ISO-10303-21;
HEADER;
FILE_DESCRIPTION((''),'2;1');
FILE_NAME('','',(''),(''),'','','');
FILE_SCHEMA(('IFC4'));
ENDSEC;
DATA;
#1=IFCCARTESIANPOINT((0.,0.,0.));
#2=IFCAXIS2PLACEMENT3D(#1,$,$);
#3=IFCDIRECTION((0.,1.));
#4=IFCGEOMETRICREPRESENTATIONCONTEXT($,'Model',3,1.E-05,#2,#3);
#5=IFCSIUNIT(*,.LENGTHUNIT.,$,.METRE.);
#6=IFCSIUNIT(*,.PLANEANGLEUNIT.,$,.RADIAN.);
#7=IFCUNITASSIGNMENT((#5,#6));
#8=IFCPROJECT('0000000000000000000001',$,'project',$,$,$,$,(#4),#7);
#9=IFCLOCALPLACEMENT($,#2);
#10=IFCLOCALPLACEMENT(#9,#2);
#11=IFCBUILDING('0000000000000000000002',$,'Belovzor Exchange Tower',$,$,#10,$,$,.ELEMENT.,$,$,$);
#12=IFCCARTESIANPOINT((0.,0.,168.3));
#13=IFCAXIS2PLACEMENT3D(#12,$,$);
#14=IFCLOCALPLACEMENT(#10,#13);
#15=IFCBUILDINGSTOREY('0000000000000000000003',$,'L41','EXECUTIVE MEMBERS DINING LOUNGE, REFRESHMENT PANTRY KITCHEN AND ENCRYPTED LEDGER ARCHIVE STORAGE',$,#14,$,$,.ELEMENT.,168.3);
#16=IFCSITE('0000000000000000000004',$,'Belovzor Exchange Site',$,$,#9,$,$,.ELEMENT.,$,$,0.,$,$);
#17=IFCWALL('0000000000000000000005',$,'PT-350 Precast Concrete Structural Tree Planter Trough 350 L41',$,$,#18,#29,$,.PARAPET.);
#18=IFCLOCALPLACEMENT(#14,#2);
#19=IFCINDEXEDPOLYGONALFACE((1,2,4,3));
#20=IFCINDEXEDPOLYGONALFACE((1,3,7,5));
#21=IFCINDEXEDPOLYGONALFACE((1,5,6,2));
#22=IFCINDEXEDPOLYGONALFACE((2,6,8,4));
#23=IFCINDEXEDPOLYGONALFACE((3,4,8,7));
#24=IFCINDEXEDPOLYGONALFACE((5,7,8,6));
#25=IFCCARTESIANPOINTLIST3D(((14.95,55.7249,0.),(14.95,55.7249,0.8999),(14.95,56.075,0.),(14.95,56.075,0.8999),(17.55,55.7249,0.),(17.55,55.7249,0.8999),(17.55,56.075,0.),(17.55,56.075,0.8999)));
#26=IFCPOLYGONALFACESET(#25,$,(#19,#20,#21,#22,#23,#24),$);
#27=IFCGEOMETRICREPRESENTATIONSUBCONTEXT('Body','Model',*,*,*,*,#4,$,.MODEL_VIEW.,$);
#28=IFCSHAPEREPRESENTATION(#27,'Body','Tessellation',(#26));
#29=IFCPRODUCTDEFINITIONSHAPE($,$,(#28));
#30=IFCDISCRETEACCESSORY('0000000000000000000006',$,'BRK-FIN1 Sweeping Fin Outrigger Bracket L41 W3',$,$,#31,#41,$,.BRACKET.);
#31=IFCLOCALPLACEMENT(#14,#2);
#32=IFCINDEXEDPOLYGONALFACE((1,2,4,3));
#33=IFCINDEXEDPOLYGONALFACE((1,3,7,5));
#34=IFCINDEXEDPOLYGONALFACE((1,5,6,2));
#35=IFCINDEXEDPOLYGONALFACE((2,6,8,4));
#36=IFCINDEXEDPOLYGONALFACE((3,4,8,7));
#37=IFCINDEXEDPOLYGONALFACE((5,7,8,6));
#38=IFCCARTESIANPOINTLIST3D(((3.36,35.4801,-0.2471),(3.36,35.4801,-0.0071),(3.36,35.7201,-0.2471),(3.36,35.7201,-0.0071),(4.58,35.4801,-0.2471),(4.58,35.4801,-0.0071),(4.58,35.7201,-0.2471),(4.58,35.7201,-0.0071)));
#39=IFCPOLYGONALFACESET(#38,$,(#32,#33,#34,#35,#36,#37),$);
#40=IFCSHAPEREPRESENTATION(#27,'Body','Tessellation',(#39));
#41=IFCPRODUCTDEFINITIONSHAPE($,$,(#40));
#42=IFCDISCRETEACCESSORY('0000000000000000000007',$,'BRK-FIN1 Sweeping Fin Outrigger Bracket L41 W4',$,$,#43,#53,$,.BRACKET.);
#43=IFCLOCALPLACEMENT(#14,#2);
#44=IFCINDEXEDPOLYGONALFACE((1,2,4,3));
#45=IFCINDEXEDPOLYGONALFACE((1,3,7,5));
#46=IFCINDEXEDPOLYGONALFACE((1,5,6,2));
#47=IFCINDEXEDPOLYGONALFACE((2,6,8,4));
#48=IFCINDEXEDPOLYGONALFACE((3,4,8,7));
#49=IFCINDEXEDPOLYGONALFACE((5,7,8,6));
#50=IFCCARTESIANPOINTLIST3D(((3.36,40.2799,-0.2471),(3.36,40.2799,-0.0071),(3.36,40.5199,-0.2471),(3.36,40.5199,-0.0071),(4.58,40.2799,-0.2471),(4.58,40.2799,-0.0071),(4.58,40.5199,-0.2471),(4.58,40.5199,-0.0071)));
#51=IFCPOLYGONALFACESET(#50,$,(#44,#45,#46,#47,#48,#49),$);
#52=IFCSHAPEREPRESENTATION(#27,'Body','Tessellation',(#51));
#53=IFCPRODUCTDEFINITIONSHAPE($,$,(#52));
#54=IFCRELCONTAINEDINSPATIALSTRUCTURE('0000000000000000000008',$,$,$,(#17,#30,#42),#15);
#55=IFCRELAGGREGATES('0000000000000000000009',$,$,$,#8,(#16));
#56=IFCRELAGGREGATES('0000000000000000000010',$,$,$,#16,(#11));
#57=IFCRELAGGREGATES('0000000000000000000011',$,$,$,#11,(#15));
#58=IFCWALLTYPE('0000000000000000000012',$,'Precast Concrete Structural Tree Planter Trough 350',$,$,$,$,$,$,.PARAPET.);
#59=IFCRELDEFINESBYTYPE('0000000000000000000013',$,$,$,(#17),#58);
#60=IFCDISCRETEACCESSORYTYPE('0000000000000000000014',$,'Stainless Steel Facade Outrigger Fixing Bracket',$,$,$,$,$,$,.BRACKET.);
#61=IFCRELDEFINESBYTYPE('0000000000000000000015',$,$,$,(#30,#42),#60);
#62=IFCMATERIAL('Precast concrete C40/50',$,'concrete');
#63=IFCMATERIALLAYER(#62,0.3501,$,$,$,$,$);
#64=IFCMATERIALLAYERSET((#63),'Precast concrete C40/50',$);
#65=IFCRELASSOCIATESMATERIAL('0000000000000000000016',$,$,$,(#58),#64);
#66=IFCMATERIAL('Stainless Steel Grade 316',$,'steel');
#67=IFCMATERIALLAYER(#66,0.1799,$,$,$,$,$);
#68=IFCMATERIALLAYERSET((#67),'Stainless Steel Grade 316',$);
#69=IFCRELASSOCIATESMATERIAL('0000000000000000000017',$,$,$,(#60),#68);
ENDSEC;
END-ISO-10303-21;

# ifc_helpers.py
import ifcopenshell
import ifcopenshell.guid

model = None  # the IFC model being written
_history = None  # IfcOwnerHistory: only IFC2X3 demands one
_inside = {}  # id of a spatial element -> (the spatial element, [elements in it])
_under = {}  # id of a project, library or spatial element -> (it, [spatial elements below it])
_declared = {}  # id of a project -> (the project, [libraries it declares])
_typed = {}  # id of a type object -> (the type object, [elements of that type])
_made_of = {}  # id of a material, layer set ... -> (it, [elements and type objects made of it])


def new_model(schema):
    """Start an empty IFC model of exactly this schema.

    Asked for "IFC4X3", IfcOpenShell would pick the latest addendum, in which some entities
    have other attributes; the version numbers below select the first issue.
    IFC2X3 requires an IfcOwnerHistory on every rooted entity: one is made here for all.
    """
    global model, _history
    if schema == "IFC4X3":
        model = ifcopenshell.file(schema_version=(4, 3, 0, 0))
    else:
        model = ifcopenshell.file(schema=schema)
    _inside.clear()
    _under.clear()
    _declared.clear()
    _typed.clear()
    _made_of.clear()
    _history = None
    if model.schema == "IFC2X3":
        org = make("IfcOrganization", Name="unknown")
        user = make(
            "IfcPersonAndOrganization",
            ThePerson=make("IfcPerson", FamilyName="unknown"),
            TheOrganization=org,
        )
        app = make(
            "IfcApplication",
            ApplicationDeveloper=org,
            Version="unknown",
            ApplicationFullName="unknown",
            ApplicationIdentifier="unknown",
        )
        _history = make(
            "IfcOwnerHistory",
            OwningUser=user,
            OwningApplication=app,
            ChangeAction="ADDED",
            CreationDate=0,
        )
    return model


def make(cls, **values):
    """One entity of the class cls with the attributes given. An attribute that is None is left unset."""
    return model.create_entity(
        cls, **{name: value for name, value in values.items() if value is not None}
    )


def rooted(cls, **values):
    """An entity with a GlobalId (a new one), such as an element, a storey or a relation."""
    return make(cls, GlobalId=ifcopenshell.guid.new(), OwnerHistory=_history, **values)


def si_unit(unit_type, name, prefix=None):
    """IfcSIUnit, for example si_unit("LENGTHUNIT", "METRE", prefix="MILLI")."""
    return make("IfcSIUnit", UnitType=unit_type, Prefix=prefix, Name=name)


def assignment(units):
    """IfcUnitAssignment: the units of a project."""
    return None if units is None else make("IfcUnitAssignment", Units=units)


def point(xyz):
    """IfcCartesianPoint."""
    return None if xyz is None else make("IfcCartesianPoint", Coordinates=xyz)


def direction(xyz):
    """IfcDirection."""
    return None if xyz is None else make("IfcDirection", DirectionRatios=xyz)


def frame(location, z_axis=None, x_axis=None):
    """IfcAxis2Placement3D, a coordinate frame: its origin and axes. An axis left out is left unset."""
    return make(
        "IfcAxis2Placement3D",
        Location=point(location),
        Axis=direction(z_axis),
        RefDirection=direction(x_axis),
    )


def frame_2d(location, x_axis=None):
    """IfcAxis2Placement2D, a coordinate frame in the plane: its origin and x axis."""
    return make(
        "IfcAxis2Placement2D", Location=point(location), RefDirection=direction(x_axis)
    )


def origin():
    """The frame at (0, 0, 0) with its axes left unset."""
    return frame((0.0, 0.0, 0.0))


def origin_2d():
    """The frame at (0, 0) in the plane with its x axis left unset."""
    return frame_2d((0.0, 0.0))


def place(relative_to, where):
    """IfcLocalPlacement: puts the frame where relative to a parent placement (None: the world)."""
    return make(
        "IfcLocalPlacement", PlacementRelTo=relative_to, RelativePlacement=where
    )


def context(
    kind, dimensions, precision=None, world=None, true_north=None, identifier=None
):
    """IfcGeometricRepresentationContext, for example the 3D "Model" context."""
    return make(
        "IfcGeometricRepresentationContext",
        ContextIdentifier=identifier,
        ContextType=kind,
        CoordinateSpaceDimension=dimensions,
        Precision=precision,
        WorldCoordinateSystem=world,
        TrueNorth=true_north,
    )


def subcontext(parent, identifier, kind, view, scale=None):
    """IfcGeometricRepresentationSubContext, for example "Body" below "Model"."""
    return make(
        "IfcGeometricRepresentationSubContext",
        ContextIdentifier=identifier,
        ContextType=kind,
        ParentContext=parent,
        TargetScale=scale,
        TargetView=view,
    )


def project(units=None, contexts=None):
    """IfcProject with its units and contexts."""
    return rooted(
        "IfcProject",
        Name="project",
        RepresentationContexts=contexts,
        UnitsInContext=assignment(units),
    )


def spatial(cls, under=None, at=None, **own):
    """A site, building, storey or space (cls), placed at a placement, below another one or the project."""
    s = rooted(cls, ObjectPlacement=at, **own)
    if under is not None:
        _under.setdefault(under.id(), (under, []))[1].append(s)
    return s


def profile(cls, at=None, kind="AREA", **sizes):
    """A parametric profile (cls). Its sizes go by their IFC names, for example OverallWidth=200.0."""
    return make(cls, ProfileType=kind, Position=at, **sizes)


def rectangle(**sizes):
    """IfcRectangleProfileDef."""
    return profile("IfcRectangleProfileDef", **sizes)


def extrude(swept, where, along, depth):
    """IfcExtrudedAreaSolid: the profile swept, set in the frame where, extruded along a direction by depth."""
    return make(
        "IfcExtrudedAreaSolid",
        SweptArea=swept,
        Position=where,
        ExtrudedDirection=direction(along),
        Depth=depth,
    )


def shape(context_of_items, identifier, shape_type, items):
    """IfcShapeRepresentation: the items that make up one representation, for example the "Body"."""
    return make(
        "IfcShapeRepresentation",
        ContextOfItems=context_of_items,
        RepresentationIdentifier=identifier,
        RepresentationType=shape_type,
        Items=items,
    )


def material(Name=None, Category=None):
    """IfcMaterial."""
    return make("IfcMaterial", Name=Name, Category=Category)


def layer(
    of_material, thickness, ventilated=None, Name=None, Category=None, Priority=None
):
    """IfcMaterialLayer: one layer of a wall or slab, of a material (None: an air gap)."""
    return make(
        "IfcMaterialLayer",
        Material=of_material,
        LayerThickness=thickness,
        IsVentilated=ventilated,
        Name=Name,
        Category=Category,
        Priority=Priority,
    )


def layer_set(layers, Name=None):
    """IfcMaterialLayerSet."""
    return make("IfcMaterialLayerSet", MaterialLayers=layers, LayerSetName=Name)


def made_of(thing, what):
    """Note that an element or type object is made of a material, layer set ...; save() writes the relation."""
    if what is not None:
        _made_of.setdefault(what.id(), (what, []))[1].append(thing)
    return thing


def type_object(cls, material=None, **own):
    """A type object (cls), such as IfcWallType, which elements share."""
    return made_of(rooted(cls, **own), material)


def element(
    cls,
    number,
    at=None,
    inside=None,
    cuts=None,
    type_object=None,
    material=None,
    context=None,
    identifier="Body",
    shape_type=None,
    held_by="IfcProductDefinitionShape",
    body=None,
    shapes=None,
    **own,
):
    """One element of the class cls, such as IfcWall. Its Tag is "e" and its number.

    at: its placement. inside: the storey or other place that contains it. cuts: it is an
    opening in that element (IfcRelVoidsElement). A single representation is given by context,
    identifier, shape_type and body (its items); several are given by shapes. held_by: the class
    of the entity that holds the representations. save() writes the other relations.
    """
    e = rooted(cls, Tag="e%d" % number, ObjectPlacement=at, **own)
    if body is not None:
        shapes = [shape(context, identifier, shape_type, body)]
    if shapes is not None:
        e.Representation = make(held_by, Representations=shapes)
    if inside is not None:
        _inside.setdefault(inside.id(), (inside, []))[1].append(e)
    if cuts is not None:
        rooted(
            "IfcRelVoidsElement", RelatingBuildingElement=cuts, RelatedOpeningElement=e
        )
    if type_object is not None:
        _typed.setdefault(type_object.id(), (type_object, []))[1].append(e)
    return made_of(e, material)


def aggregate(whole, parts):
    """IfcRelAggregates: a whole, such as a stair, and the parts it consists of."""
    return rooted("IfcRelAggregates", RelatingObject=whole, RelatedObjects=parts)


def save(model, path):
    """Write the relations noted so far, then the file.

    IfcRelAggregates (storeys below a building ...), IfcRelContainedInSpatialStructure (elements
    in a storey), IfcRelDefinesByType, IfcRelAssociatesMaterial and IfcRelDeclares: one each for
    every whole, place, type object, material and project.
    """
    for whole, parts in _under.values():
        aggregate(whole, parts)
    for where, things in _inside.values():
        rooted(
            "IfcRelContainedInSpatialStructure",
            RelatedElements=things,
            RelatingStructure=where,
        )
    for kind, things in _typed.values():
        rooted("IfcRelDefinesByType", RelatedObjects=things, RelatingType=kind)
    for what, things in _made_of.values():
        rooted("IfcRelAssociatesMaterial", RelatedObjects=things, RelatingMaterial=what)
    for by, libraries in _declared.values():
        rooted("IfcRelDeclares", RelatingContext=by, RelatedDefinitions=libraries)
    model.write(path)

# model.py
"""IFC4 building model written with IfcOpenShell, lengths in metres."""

from ifc_helpers import new_model, si_unit, direction, frame, frame_2d, origin, origin_2d, place, context, subcontext, project, spatial, rectangle, extrude, material, layer, layer_set, type_object, element, save


model = new_model("IFC4")

# Units and contexts
model_context = context("Model", 3, precision=1e-05, world=origin(), true_north=direction((0.0, 1.0)))
body_context = subcontext(model_context, "Body", "Model", "MODEL_VIEW")
ifc_project = project(units=[si_unit("LENGTHUNIT", "METRE"), si_unit("PLANEANGLEUNIT", "RADIAN")], contexts=[model_context])

# Site, building, storey
site_placement = place(None, origin())
site = spatial("IfcSite", under=ifc_project, at=site_placement, Name="Belovzor Exchange Site", CompositionType="ELEMENT", RefElevation=0.0)
building_placement = place(site_placement, origin())
building = spatial("IfcBuilding", under=site, at=building_placement, Name="Belovzor Exchange Tower", CompositionType="ELEMENT")
storey_placement = place(building_placement, frame((0.0, 0.0, 168.3)))
storey = spatial("IfcBuildingStorey", under=building, at=storey_placement, Name="L41", Description="EXECUTIVE MEMBERS DINING LOUNGE, REFRESHMENT PANTRY KITCHEN AND ENCRYPTED LEDGER ARCHIVE STORAGE", CompositionType="ELEMENT", Elevation=168.3)

# Wall
ifc_material_1 = material(Name="Precast concrete C40/50", Category="concrete")
ifc_layer_1 = layer(ifc_material_1, 0.3501)
ifc_layer_set_1 = layer_set([ifc_layer_1], Name="Precast concrete C40/50")
wall_type_1 = type_object("IfcWallType", Name="Precast Concrete Structural Tree Planter Trough 350", PredefinedType="PARAPET", material=ifc_layer_set_1)
wall_1_placement = place(storey_placement, frame((14.95, 55.8999, 0.0), z_axis=(0.0, 0.0, 1.0), x_axis=(1.0, 0.0, 0.0)))
element("IfcWall", 1, at=wall_1_placement, inside=storey, type_object=wall_type_1, Name="PT-350 Precast Concrete Structural Tree Planter Trough 350 L41", PredefinedType="PARAPET", context=body_context, shape_type="SweptSolid", body=[
    extrude(rectangle(XDim=2.6001, YDim=0.3501, at=frame_2d((1.3, 0.0))), origin(), (0.0, 0.0, 1.0), 0.8999),
])

# Discrete accessories
ifc_material_2 = material(Name="Stainless Steel Grade 316", Category="steel")
ifc_layer_2 = layer(ifc_material_2, 0.1799)
ifc_layer_set_2 = layer_set([ifc_layer_2], Name="Stainless Steel Grade 316")
discrete_accessory_type = type_object("IfcDiscreteAccessoryType", Name="Stainless Steel Facade Outrigger Fixing Bracket", PredefinedType="BRACKET", material=ifc_layer_set_2)
for number, where, z_axis, x_axis, name in (
    (2, (3.97, 35.6001, -0.2471), (0.0, 0.0, 1.0), (1.0, 0.0, 0.0), "BRK-FIN1 Sweeping Fin Outrigger Bracket L41 W3"),
    (3, (3.97, 40.3999, -0.2471), (0.0, 0.0, 1.0), (1.0, 0.0, 0.0), "BRK-FIN1 Sweeping Fin Outrigger Bracket L41 W4"),
):
    element("IfcDiscreteAccessory", number, at=place(storey_placement, frame(where, z_axis=z_axis, x_axis=x_axis)), inside=storey, type_object=discrete_accessory_type, Name=name, PredefinedType="BRACKET", context=body_context, shape_type="SweptSolid", body=[
        extrude(rectangle(XDim=1.22, YDim=0.24, at=origin_2d()), origin(), (0.0, 0.0, 1.0), 0.24),
    ])

save(model, "model.ifc")
